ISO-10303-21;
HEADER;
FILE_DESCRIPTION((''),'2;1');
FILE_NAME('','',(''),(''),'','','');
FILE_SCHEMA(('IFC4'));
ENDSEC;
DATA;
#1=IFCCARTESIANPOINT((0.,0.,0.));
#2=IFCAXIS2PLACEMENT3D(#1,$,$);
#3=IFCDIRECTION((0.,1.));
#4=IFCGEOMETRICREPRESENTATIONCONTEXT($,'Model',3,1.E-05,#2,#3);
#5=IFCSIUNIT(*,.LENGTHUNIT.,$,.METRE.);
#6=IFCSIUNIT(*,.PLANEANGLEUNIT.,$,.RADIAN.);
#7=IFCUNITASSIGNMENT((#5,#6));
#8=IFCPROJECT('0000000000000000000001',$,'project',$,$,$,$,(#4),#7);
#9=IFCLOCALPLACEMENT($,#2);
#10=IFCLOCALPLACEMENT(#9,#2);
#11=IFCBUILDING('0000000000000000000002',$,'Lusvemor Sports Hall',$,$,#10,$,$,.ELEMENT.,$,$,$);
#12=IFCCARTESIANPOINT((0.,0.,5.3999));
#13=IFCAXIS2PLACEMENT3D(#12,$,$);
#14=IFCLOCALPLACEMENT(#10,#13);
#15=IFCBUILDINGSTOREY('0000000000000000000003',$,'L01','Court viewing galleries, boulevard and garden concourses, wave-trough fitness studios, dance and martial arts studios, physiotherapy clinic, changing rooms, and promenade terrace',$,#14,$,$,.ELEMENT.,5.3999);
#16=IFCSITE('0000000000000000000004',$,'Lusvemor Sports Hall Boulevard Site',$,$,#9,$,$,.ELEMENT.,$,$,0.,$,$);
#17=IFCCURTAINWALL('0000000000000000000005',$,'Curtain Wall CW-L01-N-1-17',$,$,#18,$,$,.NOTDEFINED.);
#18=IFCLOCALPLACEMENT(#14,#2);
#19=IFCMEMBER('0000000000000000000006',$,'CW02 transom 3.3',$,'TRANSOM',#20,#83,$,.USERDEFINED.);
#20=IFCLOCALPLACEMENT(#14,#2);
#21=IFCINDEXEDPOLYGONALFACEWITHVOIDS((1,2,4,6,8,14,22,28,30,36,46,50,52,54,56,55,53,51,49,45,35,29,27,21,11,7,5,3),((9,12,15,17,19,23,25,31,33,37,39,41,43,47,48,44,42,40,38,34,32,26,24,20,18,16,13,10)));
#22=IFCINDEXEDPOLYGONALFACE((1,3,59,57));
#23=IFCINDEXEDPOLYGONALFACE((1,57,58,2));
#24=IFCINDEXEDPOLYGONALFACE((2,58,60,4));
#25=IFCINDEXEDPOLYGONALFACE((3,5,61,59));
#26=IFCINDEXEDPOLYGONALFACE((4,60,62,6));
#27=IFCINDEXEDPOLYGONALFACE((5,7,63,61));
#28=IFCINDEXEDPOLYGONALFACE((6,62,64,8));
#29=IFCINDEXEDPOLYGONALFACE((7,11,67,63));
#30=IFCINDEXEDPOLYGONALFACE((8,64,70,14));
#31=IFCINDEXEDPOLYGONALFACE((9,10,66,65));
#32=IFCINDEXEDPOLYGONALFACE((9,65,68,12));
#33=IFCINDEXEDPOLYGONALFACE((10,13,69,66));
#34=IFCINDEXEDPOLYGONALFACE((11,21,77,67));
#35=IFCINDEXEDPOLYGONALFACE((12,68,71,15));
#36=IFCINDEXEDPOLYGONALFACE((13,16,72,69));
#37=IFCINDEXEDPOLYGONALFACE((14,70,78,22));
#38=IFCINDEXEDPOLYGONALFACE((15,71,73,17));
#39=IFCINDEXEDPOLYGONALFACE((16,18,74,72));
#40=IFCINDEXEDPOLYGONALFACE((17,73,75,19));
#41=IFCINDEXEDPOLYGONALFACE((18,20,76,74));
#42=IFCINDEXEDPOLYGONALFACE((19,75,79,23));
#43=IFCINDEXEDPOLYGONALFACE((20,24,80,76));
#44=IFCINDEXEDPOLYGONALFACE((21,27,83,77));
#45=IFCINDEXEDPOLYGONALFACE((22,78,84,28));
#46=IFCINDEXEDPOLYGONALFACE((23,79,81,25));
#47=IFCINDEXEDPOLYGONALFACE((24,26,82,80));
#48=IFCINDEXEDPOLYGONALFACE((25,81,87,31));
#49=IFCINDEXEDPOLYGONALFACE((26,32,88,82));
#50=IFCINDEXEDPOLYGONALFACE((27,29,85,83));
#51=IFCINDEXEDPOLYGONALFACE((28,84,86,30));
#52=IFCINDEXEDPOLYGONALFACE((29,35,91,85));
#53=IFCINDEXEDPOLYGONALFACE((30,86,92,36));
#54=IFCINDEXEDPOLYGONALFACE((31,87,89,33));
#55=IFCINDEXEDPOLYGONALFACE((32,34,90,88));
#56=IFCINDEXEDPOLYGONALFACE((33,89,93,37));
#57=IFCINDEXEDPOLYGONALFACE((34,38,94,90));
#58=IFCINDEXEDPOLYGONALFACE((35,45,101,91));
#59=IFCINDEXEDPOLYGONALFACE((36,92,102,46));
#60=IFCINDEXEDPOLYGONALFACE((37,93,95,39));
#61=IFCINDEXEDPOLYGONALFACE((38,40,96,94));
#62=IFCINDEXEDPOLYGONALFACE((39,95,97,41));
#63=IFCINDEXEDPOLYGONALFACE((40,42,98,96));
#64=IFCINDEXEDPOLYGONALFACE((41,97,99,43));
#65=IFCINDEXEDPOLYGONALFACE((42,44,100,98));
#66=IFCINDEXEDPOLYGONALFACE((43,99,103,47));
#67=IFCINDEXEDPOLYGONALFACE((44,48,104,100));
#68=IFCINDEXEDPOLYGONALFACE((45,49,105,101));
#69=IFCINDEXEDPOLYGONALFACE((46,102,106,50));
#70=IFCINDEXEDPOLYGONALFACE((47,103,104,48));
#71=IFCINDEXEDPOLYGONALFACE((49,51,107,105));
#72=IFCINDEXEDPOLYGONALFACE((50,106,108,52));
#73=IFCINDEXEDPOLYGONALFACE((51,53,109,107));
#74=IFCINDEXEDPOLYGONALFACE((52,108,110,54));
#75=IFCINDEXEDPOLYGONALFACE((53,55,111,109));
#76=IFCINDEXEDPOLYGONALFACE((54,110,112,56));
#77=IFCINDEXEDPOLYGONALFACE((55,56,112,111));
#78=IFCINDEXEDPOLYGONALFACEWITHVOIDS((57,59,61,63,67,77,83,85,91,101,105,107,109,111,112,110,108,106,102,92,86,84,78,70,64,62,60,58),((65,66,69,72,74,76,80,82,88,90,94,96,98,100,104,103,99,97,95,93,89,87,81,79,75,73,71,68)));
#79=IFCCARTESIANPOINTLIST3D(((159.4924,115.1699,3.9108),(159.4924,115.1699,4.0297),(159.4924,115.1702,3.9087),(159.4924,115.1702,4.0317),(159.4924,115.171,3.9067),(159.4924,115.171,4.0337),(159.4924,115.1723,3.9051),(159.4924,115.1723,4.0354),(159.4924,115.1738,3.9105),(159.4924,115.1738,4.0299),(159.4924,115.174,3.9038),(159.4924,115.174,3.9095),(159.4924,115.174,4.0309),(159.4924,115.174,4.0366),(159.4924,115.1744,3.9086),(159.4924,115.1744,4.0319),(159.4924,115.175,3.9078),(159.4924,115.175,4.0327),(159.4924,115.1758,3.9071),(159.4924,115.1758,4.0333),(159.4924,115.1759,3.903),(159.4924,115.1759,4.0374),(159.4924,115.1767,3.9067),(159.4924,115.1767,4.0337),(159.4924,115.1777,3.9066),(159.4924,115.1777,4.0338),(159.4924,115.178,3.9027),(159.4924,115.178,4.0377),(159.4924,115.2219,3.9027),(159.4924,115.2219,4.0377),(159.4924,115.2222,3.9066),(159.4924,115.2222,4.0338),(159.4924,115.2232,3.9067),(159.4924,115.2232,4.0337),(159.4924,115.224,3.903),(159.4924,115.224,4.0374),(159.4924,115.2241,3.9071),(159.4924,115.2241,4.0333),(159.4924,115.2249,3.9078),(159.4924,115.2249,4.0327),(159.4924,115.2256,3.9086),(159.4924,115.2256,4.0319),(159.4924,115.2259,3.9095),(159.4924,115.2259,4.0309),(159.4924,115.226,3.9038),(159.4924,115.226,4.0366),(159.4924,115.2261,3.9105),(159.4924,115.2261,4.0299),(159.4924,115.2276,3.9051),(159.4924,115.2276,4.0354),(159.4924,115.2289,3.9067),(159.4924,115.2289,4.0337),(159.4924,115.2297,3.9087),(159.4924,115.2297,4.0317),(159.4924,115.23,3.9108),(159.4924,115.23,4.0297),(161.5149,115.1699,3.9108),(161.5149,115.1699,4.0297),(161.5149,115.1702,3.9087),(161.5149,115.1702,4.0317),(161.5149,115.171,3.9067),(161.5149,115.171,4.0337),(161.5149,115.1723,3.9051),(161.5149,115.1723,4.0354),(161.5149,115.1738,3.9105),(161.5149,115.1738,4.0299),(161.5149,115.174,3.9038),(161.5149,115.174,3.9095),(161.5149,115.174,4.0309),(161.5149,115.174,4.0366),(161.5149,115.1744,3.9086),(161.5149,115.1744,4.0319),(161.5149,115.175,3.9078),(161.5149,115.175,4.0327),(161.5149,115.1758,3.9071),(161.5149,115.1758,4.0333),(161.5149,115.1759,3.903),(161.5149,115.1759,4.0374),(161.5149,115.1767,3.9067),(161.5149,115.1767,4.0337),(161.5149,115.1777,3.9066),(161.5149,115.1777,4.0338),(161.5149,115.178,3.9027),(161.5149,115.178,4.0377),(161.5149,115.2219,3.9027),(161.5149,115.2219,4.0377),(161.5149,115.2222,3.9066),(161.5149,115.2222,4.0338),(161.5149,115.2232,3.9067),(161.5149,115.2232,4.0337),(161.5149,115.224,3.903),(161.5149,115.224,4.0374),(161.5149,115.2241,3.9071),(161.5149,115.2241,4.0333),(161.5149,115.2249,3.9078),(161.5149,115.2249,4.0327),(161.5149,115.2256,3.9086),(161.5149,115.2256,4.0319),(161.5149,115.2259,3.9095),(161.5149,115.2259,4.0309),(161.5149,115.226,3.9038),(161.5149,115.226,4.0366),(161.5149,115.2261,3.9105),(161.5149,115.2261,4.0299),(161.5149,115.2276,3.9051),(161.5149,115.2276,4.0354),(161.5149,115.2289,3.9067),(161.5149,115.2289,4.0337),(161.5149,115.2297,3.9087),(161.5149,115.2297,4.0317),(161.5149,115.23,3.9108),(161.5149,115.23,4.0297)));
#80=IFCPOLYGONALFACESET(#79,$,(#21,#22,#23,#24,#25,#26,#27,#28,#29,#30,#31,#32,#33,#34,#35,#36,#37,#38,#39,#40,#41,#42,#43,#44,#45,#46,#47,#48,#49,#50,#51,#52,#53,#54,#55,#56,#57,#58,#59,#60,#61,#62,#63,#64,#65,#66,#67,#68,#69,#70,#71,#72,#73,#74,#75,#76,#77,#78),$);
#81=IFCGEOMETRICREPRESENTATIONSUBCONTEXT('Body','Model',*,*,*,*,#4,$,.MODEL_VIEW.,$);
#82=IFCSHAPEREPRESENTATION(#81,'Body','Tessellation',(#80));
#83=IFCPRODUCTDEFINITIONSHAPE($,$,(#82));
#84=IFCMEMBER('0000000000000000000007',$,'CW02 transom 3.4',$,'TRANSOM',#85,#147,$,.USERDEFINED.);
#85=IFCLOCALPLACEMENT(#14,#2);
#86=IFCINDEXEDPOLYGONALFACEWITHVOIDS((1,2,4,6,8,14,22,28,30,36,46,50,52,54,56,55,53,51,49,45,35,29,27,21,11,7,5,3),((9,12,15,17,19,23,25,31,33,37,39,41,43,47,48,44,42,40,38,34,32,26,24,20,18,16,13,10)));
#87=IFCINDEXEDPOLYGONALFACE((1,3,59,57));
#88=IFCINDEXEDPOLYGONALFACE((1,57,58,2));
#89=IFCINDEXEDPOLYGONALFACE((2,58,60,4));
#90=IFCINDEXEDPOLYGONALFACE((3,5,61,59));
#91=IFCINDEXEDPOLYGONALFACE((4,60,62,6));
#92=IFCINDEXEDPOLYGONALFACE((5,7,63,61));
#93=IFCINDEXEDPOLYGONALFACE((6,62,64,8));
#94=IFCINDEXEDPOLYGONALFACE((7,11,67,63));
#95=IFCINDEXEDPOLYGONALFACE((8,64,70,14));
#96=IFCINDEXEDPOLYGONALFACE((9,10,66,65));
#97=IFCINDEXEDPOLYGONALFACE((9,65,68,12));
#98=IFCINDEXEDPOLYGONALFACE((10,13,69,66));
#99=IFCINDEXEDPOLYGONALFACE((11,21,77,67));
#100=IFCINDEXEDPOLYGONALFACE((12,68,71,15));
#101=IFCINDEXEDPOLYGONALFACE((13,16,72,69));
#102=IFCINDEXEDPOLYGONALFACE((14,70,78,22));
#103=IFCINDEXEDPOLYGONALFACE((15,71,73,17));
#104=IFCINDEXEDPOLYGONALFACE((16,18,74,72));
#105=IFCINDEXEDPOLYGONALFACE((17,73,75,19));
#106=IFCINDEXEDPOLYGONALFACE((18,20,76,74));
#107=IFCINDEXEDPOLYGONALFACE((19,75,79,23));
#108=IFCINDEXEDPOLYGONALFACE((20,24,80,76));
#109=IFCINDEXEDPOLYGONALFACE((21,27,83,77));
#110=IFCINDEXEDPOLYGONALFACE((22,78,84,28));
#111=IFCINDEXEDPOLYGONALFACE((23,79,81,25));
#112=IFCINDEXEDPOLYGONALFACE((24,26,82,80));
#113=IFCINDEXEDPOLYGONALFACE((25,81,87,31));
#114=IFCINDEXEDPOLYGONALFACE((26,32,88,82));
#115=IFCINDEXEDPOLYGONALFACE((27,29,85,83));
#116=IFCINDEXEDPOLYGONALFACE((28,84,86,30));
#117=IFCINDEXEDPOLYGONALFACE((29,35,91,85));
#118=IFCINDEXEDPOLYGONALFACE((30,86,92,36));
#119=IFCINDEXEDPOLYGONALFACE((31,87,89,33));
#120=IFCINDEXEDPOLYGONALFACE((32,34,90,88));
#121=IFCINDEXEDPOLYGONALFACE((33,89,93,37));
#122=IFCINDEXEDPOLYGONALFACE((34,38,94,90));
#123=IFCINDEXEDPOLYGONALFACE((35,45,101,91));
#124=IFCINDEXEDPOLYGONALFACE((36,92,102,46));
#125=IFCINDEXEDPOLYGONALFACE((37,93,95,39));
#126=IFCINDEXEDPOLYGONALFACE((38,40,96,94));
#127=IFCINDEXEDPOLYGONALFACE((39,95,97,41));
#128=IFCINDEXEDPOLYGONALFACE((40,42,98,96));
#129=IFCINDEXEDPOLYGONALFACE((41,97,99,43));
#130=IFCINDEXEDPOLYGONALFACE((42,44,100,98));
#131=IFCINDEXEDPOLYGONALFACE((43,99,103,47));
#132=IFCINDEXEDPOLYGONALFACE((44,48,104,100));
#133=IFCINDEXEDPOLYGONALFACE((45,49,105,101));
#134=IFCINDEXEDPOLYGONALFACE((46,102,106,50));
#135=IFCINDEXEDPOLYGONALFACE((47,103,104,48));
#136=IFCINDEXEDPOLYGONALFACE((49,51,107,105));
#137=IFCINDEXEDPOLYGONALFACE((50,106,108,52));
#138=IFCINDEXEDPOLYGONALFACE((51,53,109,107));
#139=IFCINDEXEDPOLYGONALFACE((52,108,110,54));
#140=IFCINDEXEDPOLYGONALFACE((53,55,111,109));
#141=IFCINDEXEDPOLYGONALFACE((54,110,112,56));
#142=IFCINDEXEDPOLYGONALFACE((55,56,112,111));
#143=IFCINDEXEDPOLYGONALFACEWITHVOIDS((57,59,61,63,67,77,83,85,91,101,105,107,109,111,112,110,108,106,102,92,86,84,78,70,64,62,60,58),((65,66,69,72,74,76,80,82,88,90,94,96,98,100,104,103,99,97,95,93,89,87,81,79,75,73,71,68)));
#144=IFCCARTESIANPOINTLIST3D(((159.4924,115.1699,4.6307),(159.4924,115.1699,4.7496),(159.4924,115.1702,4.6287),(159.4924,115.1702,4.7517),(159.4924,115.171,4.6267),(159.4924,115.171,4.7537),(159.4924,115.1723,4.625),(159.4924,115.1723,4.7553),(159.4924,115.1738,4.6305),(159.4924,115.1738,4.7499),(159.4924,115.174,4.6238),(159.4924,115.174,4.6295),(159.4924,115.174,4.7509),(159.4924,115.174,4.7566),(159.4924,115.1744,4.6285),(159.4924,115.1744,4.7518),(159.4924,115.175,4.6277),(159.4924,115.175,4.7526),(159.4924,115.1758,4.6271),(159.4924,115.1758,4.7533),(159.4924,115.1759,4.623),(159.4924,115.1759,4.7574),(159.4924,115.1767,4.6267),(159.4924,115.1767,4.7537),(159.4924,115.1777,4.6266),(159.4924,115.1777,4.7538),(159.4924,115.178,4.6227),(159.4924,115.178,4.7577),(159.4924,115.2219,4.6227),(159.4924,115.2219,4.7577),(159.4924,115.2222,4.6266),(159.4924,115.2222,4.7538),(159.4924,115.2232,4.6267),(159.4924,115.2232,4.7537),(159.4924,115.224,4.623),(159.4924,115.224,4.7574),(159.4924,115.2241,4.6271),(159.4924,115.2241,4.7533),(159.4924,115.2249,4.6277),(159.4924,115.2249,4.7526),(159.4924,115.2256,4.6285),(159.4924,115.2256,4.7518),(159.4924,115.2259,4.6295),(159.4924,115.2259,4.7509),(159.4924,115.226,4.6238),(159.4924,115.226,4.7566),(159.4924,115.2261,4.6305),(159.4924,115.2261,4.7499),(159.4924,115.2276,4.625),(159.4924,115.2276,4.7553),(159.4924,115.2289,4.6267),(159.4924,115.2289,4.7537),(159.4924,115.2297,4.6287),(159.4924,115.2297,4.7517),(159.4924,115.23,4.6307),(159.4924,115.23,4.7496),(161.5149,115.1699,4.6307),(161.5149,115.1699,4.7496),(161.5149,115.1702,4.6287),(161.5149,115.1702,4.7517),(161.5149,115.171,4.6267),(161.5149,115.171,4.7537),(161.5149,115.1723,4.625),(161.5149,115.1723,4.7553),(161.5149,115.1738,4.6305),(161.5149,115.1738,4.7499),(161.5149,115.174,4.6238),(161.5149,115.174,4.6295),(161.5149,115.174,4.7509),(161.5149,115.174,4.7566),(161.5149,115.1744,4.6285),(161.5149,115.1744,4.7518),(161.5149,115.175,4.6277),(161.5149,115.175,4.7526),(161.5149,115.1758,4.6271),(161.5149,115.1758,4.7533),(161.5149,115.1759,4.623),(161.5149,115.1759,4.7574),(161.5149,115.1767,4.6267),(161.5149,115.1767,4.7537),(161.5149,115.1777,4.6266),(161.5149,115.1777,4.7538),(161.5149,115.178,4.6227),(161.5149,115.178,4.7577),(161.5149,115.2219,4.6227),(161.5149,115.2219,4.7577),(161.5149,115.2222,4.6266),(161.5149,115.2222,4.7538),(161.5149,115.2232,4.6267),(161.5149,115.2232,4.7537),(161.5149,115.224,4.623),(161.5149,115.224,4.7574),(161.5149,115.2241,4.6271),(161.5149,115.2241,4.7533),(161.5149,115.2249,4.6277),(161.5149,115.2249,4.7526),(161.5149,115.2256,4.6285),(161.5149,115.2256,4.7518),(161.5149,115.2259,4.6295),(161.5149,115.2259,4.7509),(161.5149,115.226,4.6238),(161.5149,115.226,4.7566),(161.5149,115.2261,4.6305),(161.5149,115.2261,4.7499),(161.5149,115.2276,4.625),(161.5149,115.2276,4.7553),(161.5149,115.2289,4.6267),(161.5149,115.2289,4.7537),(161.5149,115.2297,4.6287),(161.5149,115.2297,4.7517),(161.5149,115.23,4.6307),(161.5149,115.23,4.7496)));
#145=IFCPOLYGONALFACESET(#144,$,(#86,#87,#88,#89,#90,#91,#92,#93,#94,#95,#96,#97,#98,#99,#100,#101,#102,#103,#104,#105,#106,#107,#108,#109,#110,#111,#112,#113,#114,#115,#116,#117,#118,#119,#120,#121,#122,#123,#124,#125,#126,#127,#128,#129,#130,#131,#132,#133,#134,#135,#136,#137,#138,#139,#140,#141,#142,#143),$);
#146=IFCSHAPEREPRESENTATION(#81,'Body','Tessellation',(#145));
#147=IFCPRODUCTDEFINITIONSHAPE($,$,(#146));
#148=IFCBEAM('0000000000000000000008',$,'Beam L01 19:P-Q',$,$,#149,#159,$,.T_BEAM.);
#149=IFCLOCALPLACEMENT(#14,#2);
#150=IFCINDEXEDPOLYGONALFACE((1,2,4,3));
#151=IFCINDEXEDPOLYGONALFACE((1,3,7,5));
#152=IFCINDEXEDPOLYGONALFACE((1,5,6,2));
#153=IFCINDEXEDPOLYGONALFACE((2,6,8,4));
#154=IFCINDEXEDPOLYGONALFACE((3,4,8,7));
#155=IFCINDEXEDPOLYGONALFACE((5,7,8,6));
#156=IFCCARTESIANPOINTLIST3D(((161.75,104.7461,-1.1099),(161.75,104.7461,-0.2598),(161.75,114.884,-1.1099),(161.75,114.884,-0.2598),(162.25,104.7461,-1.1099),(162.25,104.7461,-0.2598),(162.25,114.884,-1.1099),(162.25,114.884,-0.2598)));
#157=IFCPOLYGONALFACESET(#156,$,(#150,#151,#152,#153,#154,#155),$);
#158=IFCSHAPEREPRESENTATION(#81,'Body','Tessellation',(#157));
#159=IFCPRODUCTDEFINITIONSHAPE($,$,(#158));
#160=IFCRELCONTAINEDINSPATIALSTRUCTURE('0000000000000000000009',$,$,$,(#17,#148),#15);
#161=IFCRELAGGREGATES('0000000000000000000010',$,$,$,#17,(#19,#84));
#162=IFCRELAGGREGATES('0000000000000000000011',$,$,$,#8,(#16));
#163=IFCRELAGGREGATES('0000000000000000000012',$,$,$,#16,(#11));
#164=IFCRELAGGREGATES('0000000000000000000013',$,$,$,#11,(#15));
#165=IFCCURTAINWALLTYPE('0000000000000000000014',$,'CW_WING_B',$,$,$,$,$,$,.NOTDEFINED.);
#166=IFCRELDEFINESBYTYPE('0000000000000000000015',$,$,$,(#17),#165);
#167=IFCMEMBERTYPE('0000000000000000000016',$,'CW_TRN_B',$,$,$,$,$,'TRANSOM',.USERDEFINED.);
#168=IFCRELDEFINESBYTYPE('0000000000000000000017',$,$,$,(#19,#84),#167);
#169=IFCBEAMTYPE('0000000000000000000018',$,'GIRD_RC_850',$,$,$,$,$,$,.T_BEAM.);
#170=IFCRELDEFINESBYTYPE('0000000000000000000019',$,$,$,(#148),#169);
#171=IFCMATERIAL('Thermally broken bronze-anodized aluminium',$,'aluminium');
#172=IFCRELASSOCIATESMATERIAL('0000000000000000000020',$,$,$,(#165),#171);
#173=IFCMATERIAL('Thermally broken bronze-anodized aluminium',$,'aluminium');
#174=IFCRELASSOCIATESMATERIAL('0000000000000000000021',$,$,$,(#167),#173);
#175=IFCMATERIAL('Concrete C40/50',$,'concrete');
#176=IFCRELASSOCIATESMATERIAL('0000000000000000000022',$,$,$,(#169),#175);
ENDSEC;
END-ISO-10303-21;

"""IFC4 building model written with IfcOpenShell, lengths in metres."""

from ifc_helpers import new_model, si_unit, direction, frame, origin, origin_2d, place, context, subcontext, project, spatial, rectangle, hollow_rectangle, extrude, material, material_profile, profile_set, type_object, element, aggregate, save


model = new_model("IFC4")

# Units and contexts
model_context = context("Model", 3, precision=1e-05, world=origin(), true_north=direction((0.0, 1.0)))
body_context = subcontext(model_context, "Body", "Model", "MODEL_VIEW")
ifc_project = project(units=[si_unit("LENGTHUNIT", "METRE"), si_unit("PLANEANGLEUNIT", "RADIAN")], contexts=[model_context])

# Site, building, storey
site_placement = place(None, origin())
site = spatial("IfcSite", under=ifc_project, at=site_placement, Name="Lusvemor Sports Hall Boulevard Site", CompositionType="ELEMENT", RefElevation=0.0)
building_placement = place(site_placement, origin())
building = spatial("IfcBuilding", under=site, at=building_placement, Name="Lusvemor Sports Hall", CompositionType="ELEMENT")
storey_placement = place(building_placement, frame((0.0, 0.0, 5.3999)))
storey = spatial("IfcBuildingStorey", under=building, at=storey_placement, Name="L01", Description="Court viewing galleries, boulevard and garden concourses, wave-trough fitness studios, dance and martial arts studios, physiotherapy clinic, changing rooms, and promenade terrace", CompositionType="ELEMENT", Elevation=5.3999)

# Curtain wall, members
ifc_material_1 = material(Name="Thermally broken bronze-anodized aluminium", Category="aluminium")
curtain_wall_type = type_object("IfcCurtainWallType", Name="CW_WING_B", PredefinedType="NOTDEFINED", material=ifc_material_1)
curtain_wall_placement = place(storey_placement, origin())
curtain_wall = element("IfcCurtainWall", 1, at=curtain_wall_placement, inside=storey, type_object=curtain_wall_type, Name="Curtain Wall CW-L01-N-1-17", PredefinedType="NOTDEFINED")
ifc_material_2 = material(Name="Thermally broken bronze-anodized aluminium", Category="aluminium")
ifc_material_profile_1 = material_profile(ifc_material_2, hollow_rectangle(XDim=0.0601, YDim=0.135, WallThickness=0.0039, InnerFilletRadius=0.0039, OuterFilletRadius=0.0081, at=origin_2d()), Name="CWTRN135x60x4")
ifc_profile_set_1 = profile_set([ifc_material_profile_1], Name="Thermally broken bronze-anodized aluminium")
member_type_1 = type_object("IfcMemberType", Name="CW_TRN_B", ElementType="TRANSOM", PredefinedType="USERDEFINED", material=ifc_profile_set_1)
member_1_placement = place(storey_placement, frame((159.4924, 115.2, 3.9702), z_axis=(1.0, 0.0, 0.0), x_axis=(0.0, 1.0, 0.0)))
member_1 = element("IfcMember", 2, at=member_1_placement, type_object=member_type_1, Name="CW02 transom 3.3", ObjectType="TRANSOM", PredefinedType="USERDEFINED", context=body_context, shape_type="SweptSolid", body=[
    extrude(hollow_rectangle(XDim=0.0601, YDim=0.135, WallThickness=0.0039, InnerFilletRadius=0.0039, OuterFilletRadius=0.0081, at=origin_2d()), origin(), (0.0, 0.0, 1.0), 2.0225),
])
member_2_placement = place(storey_placement, frame((159.4924, 115.2, 4.6902), z_axis=(1.0, 0.0, 0.0), x_axis=(0.0, 1.0, 0.0)))
member_2 = element("IfcMember", 3, at=member_2_placement, type_object=member_type_1, Name="CW02 transom 3.4", ObjectType="TRANSOM", PredefinedType="USERDEFINED", context=body_context, shape_type="SweptSolid", body=[
    extrude(hollow_rectangle(XDim=0.0601, YDim=0.135, WallThickness=0.0039, InnerFilletRadius=0.0039, OuterFilletRadius=0.0081, at=origin_2d()), origin(), (0.0, 0.0, 1.0), 2.0225),
])

# Beam
ifc_material_3 = material(Name="Concrete C40/50", Category="concrete")
ifc_material_profile_2 = material_profile(ifc_material_3, rectangle(XDim=0.5, YDim=0.8501, at=origin_2d()), Name="RC500x850")
ifc_profile_set_2 = profile_set([ifc_material_profile_2], Name="Concrete C40/50")
beam_type_1 = type_object("IfcBeamType", Name="GIRD_RC_850", PredefinedType="T_BEAM", material=ifc_profile_set_2)
beam_1_placement = place(storey_placement, frame((162.0, 104.7461, -0.6848), z_axis=(0.0, 1.0, 0.0), x_axis=(-1.0, 0.0, 0.0)))
element("IfcBeam", 4, at=beam_1_placement, inside=storey, type_object=beam_type_1, Name="Beam L01 19:P-Q", PredefinedType="T_BEAM", context=body_context, shape_type="SweptSolid", body=[
    extrude(rectangle(XDim=0.5, YDim=0.8501, at=origin_2d()), origin(), (0.0, 0.0, 1.0), 10.1379),
])

aggregate(curtain_wall, [member_1, member_2])

save(model, "model.ifc")
